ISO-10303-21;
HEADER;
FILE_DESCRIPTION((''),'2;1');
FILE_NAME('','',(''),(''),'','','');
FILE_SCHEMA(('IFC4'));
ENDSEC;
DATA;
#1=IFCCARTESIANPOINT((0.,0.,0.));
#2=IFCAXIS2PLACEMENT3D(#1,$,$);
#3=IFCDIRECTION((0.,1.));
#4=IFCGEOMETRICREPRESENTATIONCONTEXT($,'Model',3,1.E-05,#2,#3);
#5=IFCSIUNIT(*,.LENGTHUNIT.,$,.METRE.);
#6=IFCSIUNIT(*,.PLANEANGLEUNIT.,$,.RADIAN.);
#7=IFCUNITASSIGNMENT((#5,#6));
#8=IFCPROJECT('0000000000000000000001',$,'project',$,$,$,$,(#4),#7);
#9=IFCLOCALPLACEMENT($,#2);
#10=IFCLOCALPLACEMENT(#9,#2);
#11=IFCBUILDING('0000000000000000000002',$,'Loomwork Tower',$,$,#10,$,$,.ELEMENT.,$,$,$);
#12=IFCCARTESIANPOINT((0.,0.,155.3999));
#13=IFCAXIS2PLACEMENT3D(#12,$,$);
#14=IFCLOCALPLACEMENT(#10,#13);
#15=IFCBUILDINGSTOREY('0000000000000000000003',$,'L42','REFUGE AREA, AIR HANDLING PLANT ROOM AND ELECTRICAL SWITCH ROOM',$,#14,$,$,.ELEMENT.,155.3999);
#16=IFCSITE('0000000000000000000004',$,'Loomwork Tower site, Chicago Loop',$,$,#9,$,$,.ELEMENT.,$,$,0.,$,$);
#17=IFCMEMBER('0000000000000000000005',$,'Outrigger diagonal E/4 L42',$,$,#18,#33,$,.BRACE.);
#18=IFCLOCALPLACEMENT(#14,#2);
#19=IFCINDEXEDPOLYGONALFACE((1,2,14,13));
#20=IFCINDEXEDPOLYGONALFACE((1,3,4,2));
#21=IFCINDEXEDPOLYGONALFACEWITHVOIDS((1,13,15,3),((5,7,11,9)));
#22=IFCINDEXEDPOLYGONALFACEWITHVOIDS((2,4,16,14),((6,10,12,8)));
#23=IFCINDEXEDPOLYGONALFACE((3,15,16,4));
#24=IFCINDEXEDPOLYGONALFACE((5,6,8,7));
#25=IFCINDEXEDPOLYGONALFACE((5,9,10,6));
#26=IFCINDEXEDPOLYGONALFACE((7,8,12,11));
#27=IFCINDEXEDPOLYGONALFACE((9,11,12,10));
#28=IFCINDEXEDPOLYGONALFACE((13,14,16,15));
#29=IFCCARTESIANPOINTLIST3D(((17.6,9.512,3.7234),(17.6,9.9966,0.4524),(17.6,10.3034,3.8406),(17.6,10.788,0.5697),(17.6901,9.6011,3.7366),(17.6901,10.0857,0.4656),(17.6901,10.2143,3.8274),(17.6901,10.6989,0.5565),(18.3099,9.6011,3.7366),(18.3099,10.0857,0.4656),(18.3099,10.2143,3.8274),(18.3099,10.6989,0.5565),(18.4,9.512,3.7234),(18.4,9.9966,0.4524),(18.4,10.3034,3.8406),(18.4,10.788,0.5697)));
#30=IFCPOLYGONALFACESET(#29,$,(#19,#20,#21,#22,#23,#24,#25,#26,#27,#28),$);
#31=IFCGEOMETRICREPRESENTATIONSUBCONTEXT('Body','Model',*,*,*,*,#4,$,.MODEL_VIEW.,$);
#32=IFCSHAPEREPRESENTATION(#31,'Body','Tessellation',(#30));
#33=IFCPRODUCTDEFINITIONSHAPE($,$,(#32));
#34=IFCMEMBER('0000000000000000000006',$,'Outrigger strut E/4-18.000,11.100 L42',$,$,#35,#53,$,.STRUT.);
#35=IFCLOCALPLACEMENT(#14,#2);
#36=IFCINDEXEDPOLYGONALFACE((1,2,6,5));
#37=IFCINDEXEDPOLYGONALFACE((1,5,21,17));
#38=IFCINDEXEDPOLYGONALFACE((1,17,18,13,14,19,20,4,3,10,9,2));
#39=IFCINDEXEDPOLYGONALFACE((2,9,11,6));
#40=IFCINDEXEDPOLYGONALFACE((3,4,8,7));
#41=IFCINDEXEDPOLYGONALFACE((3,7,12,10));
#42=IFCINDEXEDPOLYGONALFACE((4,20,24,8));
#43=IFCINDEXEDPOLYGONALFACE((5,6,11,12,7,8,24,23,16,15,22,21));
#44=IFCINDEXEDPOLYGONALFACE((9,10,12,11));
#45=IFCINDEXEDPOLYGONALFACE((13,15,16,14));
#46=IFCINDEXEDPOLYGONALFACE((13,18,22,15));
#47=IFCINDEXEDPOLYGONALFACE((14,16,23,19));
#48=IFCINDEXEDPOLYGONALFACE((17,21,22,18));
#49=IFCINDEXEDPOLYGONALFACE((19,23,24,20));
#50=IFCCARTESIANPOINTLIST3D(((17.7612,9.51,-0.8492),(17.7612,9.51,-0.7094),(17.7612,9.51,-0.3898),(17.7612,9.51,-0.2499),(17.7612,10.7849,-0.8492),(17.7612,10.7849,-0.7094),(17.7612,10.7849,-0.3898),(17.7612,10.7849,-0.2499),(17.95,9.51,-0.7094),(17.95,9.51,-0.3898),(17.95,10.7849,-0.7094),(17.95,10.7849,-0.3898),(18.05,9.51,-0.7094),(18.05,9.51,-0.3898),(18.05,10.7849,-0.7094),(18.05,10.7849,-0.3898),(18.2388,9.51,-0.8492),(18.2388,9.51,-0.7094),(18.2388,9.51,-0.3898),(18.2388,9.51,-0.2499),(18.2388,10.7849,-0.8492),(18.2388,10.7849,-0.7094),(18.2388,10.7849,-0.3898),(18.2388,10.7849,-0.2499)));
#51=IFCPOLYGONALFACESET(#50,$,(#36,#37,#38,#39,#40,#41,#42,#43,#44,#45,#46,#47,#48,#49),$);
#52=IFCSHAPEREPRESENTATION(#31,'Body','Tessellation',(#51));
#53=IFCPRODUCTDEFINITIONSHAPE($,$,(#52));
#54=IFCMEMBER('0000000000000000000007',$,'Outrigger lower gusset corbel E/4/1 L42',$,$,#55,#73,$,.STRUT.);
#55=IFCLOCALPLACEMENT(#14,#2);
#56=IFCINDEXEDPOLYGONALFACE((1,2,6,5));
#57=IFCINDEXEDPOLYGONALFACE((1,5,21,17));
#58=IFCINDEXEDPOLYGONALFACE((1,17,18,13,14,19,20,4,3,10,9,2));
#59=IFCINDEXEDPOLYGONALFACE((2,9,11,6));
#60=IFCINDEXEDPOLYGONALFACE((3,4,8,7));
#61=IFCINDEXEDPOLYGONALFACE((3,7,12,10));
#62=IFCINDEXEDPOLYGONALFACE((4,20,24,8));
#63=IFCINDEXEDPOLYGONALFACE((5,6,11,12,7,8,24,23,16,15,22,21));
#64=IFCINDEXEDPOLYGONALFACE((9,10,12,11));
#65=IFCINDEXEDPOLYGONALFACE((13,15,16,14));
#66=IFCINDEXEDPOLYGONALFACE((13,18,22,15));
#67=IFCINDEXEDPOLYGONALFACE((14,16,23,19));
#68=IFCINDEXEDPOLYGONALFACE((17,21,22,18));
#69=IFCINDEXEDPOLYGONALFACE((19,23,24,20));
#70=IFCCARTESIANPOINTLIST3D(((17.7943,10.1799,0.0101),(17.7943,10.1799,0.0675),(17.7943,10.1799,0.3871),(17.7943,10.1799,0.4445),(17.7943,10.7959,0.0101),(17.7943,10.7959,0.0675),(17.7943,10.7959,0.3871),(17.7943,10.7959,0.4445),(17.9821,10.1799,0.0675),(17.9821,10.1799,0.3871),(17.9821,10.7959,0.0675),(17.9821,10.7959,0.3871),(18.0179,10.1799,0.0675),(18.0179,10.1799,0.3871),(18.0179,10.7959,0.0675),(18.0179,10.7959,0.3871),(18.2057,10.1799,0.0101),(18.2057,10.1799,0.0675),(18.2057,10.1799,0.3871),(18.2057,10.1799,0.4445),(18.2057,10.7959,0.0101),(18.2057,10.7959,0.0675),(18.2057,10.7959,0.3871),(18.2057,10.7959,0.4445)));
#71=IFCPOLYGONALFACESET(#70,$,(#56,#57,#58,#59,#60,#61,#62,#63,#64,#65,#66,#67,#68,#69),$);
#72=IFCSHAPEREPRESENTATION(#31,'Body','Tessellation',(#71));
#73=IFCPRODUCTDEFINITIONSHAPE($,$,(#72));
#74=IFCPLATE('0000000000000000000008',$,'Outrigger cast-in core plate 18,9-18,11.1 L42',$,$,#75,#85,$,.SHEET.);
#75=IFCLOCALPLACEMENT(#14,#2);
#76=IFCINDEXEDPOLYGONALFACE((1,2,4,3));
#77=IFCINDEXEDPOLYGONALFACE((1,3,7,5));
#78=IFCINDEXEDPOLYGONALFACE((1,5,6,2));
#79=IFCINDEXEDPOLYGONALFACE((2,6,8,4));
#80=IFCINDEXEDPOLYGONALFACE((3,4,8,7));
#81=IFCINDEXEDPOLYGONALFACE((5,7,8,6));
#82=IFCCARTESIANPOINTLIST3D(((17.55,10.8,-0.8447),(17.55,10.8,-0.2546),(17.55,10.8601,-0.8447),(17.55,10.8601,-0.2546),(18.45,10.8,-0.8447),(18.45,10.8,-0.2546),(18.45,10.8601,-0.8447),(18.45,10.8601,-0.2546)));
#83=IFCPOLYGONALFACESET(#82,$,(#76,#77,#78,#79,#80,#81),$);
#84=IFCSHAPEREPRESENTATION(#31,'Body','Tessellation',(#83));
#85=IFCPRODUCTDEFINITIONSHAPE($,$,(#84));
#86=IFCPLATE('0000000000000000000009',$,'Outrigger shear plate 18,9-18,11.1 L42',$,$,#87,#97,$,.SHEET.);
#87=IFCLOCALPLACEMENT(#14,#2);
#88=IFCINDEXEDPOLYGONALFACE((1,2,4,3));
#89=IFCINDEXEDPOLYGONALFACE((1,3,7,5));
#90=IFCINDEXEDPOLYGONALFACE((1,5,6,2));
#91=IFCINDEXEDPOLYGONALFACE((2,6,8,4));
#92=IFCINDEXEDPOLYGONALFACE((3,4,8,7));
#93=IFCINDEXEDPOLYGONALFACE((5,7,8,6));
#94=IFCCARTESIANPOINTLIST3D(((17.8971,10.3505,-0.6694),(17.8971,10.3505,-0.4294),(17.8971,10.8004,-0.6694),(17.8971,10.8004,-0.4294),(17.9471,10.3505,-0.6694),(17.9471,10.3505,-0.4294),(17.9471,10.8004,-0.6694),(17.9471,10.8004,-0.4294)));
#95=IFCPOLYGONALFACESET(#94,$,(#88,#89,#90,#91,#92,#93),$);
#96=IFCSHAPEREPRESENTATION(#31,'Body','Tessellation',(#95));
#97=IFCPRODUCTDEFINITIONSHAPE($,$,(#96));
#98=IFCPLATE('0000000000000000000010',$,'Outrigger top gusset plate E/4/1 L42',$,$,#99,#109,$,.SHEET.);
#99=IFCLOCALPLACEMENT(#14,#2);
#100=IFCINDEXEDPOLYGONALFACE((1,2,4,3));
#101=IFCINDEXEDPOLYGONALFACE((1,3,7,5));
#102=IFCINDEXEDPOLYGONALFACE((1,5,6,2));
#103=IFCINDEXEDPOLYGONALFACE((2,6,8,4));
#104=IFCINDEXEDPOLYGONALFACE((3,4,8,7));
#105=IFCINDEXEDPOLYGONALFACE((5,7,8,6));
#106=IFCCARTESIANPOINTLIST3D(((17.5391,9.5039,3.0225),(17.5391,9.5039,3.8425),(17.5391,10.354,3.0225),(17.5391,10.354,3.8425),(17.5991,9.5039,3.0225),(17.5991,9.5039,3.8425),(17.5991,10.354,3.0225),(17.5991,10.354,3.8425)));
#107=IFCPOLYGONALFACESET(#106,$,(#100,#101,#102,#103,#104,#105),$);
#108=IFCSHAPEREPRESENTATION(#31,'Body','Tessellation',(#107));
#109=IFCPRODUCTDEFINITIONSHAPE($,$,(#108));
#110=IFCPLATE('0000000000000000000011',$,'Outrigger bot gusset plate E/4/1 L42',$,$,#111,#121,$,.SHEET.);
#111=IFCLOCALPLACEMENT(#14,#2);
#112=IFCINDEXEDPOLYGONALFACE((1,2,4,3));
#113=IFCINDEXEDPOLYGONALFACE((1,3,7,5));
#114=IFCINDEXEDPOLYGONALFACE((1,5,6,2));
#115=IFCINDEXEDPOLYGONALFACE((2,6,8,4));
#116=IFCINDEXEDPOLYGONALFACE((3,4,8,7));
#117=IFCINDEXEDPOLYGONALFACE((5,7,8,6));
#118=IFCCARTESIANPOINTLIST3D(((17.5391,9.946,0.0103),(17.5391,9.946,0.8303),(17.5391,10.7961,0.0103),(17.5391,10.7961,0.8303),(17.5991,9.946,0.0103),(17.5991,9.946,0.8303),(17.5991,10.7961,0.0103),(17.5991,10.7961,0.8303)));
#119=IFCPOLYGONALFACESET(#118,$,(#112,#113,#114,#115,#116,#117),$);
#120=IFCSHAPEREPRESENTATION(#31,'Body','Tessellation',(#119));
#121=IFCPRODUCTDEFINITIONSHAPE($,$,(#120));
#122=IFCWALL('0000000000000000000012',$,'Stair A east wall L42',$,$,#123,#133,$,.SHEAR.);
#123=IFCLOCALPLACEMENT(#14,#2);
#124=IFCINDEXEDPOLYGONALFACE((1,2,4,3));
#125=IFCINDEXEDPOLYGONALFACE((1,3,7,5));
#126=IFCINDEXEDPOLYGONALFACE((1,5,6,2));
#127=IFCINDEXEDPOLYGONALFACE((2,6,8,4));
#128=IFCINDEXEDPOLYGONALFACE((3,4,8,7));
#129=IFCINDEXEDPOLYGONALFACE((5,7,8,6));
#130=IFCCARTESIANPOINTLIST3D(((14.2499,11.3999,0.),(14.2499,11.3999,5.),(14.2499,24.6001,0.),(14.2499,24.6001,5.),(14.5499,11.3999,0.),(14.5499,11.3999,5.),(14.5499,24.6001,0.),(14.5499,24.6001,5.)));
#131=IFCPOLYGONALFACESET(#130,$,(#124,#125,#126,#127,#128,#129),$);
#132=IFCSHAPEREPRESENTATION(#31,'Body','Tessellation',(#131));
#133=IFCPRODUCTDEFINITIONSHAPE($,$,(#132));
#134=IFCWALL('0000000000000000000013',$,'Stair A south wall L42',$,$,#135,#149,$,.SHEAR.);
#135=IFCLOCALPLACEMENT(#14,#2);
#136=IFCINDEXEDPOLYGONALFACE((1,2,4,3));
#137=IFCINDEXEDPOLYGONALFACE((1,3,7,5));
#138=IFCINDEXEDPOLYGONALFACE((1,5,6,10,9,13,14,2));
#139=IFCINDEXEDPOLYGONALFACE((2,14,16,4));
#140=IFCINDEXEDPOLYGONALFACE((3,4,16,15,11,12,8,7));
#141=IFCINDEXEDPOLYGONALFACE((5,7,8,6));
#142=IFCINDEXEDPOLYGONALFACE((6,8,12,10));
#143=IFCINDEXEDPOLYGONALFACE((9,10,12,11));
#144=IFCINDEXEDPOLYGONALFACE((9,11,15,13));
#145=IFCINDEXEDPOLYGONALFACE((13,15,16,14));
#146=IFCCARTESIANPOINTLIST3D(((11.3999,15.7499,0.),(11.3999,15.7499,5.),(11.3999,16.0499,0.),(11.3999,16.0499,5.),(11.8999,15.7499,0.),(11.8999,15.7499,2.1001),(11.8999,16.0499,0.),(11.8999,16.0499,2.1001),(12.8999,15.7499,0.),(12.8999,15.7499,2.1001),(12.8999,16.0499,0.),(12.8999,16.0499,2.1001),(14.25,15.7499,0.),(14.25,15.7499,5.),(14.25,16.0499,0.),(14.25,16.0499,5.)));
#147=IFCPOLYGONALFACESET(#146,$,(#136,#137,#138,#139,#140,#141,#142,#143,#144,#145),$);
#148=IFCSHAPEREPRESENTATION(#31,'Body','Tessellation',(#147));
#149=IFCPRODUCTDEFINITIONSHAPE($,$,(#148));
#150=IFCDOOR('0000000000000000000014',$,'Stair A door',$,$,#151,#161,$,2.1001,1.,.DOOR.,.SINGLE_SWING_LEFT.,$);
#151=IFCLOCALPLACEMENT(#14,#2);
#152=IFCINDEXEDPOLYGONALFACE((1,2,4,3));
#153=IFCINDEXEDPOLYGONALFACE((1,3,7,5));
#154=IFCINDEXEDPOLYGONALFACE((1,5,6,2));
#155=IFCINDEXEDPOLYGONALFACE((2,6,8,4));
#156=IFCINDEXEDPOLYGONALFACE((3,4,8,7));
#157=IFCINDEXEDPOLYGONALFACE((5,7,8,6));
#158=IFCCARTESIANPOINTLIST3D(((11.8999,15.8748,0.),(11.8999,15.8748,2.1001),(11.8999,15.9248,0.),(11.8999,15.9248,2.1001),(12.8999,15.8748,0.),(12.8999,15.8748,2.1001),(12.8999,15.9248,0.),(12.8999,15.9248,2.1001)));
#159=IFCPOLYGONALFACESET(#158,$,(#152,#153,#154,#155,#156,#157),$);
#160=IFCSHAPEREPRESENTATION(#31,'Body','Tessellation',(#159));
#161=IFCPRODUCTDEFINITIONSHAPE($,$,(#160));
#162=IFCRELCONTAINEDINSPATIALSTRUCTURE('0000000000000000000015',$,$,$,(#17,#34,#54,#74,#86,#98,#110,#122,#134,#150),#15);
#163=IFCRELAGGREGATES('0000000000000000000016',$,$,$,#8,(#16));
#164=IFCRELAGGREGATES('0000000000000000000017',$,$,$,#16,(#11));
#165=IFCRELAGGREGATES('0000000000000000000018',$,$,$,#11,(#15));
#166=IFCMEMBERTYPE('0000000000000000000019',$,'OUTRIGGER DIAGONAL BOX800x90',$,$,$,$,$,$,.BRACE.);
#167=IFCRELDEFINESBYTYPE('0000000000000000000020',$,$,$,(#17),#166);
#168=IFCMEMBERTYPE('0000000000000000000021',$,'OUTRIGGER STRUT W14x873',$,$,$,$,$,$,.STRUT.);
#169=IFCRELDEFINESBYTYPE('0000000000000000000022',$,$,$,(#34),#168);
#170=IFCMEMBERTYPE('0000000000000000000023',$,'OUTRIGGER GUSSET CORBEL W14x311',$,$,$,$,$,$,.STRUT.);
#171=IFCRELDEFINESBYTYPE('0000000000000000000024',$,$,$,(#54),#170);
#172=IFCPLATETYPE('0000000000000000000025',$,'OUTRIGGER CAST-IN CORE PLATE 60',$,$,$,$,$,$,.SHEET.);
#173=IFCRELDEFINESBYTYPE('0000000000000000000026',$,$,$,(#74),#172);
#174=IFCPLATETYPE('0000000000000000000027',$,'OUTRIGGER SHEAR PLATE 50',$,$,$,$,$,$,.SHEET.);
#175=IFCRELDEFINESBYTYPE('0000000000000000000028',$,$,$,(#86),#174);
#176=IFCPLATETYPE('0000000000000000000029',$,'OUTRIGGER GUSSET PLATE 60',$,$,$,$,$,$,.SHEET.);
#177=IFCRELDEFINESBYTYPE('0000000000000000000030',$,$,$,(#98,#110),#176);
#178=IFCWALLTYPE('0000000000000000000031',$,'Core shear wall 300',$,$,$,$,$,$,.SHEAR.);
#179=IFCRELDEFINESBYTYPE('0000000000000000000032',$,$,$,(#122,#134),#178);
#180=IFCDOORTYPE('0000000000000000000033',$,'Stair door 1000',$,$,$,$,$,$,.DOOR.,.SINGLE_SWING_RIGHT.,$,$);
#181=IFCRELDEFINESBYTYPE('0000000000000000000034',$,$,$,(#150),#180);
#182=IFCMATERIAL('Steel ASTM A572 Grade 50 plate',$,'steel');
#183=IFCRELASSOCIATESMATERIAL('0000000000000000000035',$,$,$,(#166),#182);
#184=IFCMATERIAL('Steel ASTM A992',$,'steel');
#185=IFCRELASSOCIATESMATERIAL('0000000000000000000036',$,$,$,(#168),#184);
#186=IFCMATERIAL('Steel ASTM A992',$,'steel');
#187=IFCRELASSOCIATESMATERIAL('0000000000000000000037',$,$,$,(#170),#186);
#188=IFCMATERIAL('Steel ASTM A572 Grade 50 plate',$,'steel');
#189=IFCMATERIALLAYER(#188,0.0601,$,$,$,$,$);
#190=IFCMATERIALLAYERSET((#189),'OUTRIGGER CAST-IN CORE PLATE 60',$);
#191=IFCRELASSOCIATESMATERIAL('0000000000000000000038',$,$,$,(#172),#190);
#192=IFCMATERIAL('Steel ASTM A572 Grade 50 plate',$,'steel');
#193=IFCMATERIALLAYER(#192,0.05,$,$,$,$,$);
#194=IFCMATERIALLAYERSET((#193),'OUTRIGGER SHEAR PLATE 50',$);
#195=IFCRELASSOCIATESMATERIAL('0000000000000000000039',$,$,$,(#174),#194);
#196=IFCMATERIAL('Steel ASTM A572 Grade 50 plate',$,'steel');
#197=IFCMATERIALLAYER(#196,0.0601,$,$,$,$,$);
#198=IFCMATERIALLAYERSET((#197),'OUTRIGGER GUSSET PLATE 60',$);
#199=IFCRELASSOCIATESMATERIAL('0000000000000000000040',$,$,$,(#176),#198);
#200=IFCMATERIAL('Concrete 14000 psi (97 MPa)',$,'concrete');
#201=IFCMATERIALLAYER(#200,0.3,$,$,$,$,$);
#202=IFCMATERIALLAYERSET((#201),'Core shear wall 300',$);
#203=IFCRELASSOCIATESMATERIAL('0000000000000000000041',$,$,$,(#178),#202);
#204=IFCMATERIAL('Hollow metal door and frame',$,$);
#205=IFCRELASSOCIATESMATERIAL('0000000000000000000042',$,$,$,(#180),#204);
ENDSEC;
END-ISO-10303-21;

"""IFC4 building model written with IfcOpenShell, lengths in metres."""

from ifc_helpers import new_model, si_unit, direction, frame, frame_2d, origin, origin_2d, place, context, subcontext, project, spatial, rectangle, hollow_rectangle, i_section, extrude, material, layer, layer_set, material_profile, profile_set, type_object, element, fill, save


model = new_model("IFC4")

# Units and contexts
model_context = context("Model", 3, precision=1e-05, world=origin(), true_north=direction((0.0, 1.0)))
body_context = subcontext(model_context, "Body", "Model", "MODEL_VIEW")
ifc_project = project(units=[si_unit("LENGTHUNIT", "METRE"), si_unit("PLANEANGLEUNIT", "RADIAN")], contexts=[model_context])

# Site, building, storey
site_placement = place(None, origin())
site = spatial("IfcSite", under=ifc_project, at=site_placement, Name="Loomwork Tower site, Chicago Loop", CompositionType="ELEMENT", RefElevation=0.0)
building_placement = place(site_placement, origin())
building = spatial("IfcBuilding", under=site, at=building_placement, Name="Loomwork Tower", CompositionType="ELEMENT")
storey_placement = place(building_placement, frame((0.0, 0.0, 155.3999)))
storey = spatial("IfcBuildingStorey", under=building, at=storey_placement, Name="L42", Description="REFUGE AREA, AIR HANDLING PLANT ROOM AND ELECTRICAL SWITCH ROOM", CompositionType="ELEMENT", Elevation=155.3999)

# Members
ifc_material_1 = material(Name="Steel ASTM A572 Grade 50 plate", Category="steel")
ifc_material_profile_1 = material_profile(ifc_material_1, hollow_rectangle(XDim=0.8, YDim=0.8, WallThickness=0.0901, at=origin_2d()), Name="BOX800x90")
ifc_profile_set_1 = profile_set([ifc_material_profile_1], Name="Steel ASTM A572 Grade 50 plate")
member_type_1 = type_object("IfcMemberType", Name="OUTRIGGER DIAGONAL BOX800x90", PredefinedType="BRACE", material=ifc_profile_set_1)
member_1_placement = place(storey_placement, frame((18.0, 9.9077, 3.782), z_axis=(0.0, 0.146557, -0.989202), x_axis=(-1.0, 0.0, 0.0)))
element("IfcMember", 1, at=member_1_placement, inside=storey, type_object=member_type_1, Name="Outrigger diagonal E/4 L42", PredefinedType="BRACE", context=body_context, shape_type="SweptSolid", body=[
    extrude(hollow_rectangle(XDim=0.8, YDim=0.8, WallThickness=0.0901, at=origin_2d()), origin(), (0.0, 0.0, 1.0), 3.3066),
])
ifc_material_2 = material(Name="Steel ASTM A992", Category="steel")
ifc_material_profile_2 = material_profile(ifc_material_2, i_section(OverallWidth=0.4775, OverallDepth=0.5994, WebThickness=0.1001, FlangeThickness=0.1399, at=origin_2d()), Name="W14x873")
ifc_profile_set_2 = profile_set([ifc_material_profile_2], Name="Steel ASTM A992")
member_type_2 = type_object("IfcMemberType", Name="OUTRIGGER STRUT W14x873", PredefinedType="STRUT", material=ifc_profile_set_2)
member_2_placement = place(storey_placement, frame((18.0, 9.51, -0.5496), z_axis=(0.0, 1.0, 0.0), x_axis=(-1.0, 0.0, 0.0)))
element("IfcMember", 2, at=member_2_placement, inside=storey, type_object=member_type_2, Name="Outrigger strut E/4-18.000,11.100 L42", PredefinedType="STRUT", context=body_context, shape_type="SweptSolid", body=[
    extrude(i_section(OverallWidth=0.4775, OverallDepth=0.5994, WebThickness=0.1001, FlangeThickness=0.1399, at=origin_2d()), origin(), (0.0, 0.0, 1.0), 1.2749),
])
ifc_material_3 = material(Name="Steel ASTM A992", Category="steel")
ifc_material_profile_3 = material_profile(ifc_material_3, i_section(OverallWidth=0.4114, OverallDepth=0.4343, WebThickness=0.0359, FlangeThickness=0.0574, at=origin_2d()), Name="W14x311")
ifc_profile_set_3 = profile_set([ifc_material_profile_3], Name="Steel ASTM A992")
member_type_3 = type_object("IfcMemberType", Name="OUTRIGGER GUSSET CORBEL W14x311", PredefinedType="STRUT", material=ifc_profile_set_3)
member_3_placement = place(storey_placement, frame((18.0, 10.7959, 0.2273), z_axis=(0.0, -1.0, 0.0), x_axis=(1.0, 0.0, 0.0)))
element("IfcMember", 3, at=member_3_placement, inside=storey, type_object=member_type_3, Name="Outrigger lower gusset corbel E/4/1 L42", PredefinedType="STRUT", context=body_context, shape_type="SweptSolid", body=[
    extrude(i_section(OverallWidth=0.4114, OverallDepth=0.4343, WebThickness=0.0359, FlangeThickness=0.0574, at=origin_2d()), origin(), (0.0, 0.0, 1.0), 0.616),
])

# Plates
ifc_material_4 = material(Name="Steel ASTM A572 Grade 50 plate", Category="steel")
ifc_layer_1 = layer(ifc_material_4, 0.0601)
ifc_layer_set_1 = layer_set([ifc_layer_1], Name="OUTRIGGER CAST-IN CORE PLATE 60")
plate_type_1 = type_object("IfcPlateType", Name="OUTRIGGER CAST-IN CORE PLATE 60", PredefinedType="SHEET", material=ifc_layer_set_1)
plate_1_placement = place(storey_placement, frame((18.0, 10.8301, -0.8447), z_axis=(0.0, 0.0, 1.0), x_axis=(1.0, 0.0, 0.0)))
element("IfcPlate", 4, at=plate_1_placement, inside=storey, type_object=plate_type_1, Name="Outrigger cast-in core plate 18,9-18,11.1 L42", PredefinedType="SHEET", context=body_context, shape_type="SweptSolid", body=[
    extrude(rectangle(XDim=0.8999, YDim=0.0601, at=origin_2d()), origin(), (0.0, 0.0, 1.0), 0.5901),
])
ifc_material_5 = material(Name="Steel ASTM A572 Grade 50 plate", Category="steel")
ifc_layer_2 = layer(ifc_material_5, 0.05)
ifc_layer_set_2 = layer_set([ifc_layer_2], Name="OUTRIGGER SHEAR PLATE 50")
plate_type_2 = type_object("IfcPlateType", Name="OUTRIGGER SHEAR PLATE 50", PredefinedType="SHEET", material=ifc_layer_set_2)
plate_2_placement = place(storey_placement, frame((17.9221, 10.5754, -0.6694), z_axis=(0.0, 0.0, 1.0), x_axis=(0.0, 1.0, 0.0)))
element("IfcPlate", 5, at=plate_2_placement, inside=storey, type_object=plate_type_2, Name="Outrigger shear plate 18,9-18,11.1 L42", PredefinedType="SHEET", context=body_context, shape_type="SweptSolid", body=[
    extrude(rectangle(XDim=0.45, YDim=0.05, at=origin_2d()), origin(), (0.0, 0.0, 1.0), 0.24),
])
ifc_material_6 = material(Name="Steel ASTM A572 Grade 50 plate", Category="steel")
ifc_layer_3 = layer(ifc_material_6, 0.0601)
ifc_layer_set_3 = layer_set([ifc_layer_3], Name="OUTRIGGER GUSSET PLATE 60")
plate_type_3 = type_object("IfcPlateType", Name="OUTRIGGER GUSSET PLATE 60", PredefinedType="SHEET", material=ifc_layer_set_3)
for number, where, z_axis, x_axis, name in (
    (6, (17.5691, 9.929, 3.0225), (0.0, 0.0, 1.0), (0.0, 1.0, 0.0), "Outrigger top gusset plate E/4/1 L42"),
    (7, (17.5691, 10.3711, 0.0103), (0.0, 0.0, 1.0), (0.0, 1.0, 0.0), "Outrigger bot gusset plate E/4/1 L42"),
):
    element("IfcPlate", number, at=place(storey_placement, frame(where, z_axis=z_axis, x_axis=x_axis)), inside=storey, type_object=plate_type_3, Name=name, PredefinedType="SHEET", context=body_context, shape_type="SweptSolid", body=[
        extrude(rectangle(XDim=0.8501, YDim=0.0601, at=origin_2d()), origin(), (0.0, 0.0, 1.0), 0.8201),
    ])

# Wall
ifc_material_7 = material(Name="Concrete 14000 psi (97 MPa)", Category="concrete")
ifc_layer_4 = layer(ifc_material_7, 0.3)
ifc_layer_set_4 = layer_set([ifc_layer_4], Name="Core shear wall 300")
wall_type_1 = type_object("IfcWallType", Name="Core shear wall 300", PredefinedType="SHEAR", material=ifc_layer_set_4)
wall_1_placement = place(storey_placement, frame((14.3999, 11.3999, 0.0), z_axis=(0.0, 0.0, 1.0), x_axis=(0.0, 1.0, 0.0)))
element("IfcWall", 8, at=wall_1_placement, inside=storey, type_object=wall_type_1, Name="Stair A east wall L42", PredefinedType="SHEAR", context=body_context, shape_type="SweptSolid", body=[
    extrude(rectangle(XDim=13.2002, YDim=0.3, at=frame_2d((6.6001, 0.0))), origin(), (0.0, 0.0, 1.0), 5.0),
])

# Wall, opening, door
wall_2_placement = place(storey_placement, frame((11.3999, 15.8999, 0.0), z_axis=(0.0, 0.0, 1.0), x_axis=(1.0, 0.0, 0.0)))
wall_2 = element("IfcWall", 9, at=wall_2_placement, inside=storey, type_object=wall_type_1, Name="Stair A south wall L42", PredefinedType="SHEAR", context=body_context, shape_type="SweptSolid", body=[
    extrude(rectangle(XDim=2.8501, YDim=0.3, at=frame_2d((1.425, 0.0))), origin(), (0.0, 0.0, 1.0), 5.0),
])
opening_1_placement = place(wall_2_placement, frame((0.5, 0.0, 0.0)))
opening_1 = element("IfcOpeningElement", 10, at=opening_1_placement, cuts=wall_2, PredefinedType="OPENING", context=body_context, shape_type="SweptSolid", body=[
    extrude(rectangle(XDim=1.0, YDim=2.1001, at=frame_2d((0.5, 1.05))), frame((0.0, 0.1599, 0.0), z_axis=(0.0, -1.0, 0.0), x_axis=(1.0, 0.0, 0.0)), (0.0, 0.0, 1.0), 0.3201),
])
ifc_material_8 = material(Name="Hollow metal door and frame")
door_type_1 = type_object("IfcDoorType", Name="Stair door 1000", OperationType="SINGLE_SWING_RIGHT", PredefinedType="DOOR", material=ifc_material_8)
door_1_placement = place(opening_1_placement, origin())
door_1 = element("IfcDoor", 11, at=door_1_placement, inside=storey, type_object=door_type_1, Name="Stair A door", OperationType="SINGLE_SWING_LEFT", OverallHeight=2.1001, OverallWidth=1.0, PredefinedType="DOOR", context=body_context, shape_type="SweptSolid", body=[
    extrude(rectangle(XDim=1.0, YDim=2.1001, at=frame_2d((0.5, 1.05))), frame((0.0, 0.0249, 0.0), z_axis=(0.0, -1.0, 0.0), x_axis=(1.0, 0.0, 0.0)), (0.0, 0.0, 1.0), 0.05),
])
fill(opening_1, door_1)

save(model, "model.ifc")
